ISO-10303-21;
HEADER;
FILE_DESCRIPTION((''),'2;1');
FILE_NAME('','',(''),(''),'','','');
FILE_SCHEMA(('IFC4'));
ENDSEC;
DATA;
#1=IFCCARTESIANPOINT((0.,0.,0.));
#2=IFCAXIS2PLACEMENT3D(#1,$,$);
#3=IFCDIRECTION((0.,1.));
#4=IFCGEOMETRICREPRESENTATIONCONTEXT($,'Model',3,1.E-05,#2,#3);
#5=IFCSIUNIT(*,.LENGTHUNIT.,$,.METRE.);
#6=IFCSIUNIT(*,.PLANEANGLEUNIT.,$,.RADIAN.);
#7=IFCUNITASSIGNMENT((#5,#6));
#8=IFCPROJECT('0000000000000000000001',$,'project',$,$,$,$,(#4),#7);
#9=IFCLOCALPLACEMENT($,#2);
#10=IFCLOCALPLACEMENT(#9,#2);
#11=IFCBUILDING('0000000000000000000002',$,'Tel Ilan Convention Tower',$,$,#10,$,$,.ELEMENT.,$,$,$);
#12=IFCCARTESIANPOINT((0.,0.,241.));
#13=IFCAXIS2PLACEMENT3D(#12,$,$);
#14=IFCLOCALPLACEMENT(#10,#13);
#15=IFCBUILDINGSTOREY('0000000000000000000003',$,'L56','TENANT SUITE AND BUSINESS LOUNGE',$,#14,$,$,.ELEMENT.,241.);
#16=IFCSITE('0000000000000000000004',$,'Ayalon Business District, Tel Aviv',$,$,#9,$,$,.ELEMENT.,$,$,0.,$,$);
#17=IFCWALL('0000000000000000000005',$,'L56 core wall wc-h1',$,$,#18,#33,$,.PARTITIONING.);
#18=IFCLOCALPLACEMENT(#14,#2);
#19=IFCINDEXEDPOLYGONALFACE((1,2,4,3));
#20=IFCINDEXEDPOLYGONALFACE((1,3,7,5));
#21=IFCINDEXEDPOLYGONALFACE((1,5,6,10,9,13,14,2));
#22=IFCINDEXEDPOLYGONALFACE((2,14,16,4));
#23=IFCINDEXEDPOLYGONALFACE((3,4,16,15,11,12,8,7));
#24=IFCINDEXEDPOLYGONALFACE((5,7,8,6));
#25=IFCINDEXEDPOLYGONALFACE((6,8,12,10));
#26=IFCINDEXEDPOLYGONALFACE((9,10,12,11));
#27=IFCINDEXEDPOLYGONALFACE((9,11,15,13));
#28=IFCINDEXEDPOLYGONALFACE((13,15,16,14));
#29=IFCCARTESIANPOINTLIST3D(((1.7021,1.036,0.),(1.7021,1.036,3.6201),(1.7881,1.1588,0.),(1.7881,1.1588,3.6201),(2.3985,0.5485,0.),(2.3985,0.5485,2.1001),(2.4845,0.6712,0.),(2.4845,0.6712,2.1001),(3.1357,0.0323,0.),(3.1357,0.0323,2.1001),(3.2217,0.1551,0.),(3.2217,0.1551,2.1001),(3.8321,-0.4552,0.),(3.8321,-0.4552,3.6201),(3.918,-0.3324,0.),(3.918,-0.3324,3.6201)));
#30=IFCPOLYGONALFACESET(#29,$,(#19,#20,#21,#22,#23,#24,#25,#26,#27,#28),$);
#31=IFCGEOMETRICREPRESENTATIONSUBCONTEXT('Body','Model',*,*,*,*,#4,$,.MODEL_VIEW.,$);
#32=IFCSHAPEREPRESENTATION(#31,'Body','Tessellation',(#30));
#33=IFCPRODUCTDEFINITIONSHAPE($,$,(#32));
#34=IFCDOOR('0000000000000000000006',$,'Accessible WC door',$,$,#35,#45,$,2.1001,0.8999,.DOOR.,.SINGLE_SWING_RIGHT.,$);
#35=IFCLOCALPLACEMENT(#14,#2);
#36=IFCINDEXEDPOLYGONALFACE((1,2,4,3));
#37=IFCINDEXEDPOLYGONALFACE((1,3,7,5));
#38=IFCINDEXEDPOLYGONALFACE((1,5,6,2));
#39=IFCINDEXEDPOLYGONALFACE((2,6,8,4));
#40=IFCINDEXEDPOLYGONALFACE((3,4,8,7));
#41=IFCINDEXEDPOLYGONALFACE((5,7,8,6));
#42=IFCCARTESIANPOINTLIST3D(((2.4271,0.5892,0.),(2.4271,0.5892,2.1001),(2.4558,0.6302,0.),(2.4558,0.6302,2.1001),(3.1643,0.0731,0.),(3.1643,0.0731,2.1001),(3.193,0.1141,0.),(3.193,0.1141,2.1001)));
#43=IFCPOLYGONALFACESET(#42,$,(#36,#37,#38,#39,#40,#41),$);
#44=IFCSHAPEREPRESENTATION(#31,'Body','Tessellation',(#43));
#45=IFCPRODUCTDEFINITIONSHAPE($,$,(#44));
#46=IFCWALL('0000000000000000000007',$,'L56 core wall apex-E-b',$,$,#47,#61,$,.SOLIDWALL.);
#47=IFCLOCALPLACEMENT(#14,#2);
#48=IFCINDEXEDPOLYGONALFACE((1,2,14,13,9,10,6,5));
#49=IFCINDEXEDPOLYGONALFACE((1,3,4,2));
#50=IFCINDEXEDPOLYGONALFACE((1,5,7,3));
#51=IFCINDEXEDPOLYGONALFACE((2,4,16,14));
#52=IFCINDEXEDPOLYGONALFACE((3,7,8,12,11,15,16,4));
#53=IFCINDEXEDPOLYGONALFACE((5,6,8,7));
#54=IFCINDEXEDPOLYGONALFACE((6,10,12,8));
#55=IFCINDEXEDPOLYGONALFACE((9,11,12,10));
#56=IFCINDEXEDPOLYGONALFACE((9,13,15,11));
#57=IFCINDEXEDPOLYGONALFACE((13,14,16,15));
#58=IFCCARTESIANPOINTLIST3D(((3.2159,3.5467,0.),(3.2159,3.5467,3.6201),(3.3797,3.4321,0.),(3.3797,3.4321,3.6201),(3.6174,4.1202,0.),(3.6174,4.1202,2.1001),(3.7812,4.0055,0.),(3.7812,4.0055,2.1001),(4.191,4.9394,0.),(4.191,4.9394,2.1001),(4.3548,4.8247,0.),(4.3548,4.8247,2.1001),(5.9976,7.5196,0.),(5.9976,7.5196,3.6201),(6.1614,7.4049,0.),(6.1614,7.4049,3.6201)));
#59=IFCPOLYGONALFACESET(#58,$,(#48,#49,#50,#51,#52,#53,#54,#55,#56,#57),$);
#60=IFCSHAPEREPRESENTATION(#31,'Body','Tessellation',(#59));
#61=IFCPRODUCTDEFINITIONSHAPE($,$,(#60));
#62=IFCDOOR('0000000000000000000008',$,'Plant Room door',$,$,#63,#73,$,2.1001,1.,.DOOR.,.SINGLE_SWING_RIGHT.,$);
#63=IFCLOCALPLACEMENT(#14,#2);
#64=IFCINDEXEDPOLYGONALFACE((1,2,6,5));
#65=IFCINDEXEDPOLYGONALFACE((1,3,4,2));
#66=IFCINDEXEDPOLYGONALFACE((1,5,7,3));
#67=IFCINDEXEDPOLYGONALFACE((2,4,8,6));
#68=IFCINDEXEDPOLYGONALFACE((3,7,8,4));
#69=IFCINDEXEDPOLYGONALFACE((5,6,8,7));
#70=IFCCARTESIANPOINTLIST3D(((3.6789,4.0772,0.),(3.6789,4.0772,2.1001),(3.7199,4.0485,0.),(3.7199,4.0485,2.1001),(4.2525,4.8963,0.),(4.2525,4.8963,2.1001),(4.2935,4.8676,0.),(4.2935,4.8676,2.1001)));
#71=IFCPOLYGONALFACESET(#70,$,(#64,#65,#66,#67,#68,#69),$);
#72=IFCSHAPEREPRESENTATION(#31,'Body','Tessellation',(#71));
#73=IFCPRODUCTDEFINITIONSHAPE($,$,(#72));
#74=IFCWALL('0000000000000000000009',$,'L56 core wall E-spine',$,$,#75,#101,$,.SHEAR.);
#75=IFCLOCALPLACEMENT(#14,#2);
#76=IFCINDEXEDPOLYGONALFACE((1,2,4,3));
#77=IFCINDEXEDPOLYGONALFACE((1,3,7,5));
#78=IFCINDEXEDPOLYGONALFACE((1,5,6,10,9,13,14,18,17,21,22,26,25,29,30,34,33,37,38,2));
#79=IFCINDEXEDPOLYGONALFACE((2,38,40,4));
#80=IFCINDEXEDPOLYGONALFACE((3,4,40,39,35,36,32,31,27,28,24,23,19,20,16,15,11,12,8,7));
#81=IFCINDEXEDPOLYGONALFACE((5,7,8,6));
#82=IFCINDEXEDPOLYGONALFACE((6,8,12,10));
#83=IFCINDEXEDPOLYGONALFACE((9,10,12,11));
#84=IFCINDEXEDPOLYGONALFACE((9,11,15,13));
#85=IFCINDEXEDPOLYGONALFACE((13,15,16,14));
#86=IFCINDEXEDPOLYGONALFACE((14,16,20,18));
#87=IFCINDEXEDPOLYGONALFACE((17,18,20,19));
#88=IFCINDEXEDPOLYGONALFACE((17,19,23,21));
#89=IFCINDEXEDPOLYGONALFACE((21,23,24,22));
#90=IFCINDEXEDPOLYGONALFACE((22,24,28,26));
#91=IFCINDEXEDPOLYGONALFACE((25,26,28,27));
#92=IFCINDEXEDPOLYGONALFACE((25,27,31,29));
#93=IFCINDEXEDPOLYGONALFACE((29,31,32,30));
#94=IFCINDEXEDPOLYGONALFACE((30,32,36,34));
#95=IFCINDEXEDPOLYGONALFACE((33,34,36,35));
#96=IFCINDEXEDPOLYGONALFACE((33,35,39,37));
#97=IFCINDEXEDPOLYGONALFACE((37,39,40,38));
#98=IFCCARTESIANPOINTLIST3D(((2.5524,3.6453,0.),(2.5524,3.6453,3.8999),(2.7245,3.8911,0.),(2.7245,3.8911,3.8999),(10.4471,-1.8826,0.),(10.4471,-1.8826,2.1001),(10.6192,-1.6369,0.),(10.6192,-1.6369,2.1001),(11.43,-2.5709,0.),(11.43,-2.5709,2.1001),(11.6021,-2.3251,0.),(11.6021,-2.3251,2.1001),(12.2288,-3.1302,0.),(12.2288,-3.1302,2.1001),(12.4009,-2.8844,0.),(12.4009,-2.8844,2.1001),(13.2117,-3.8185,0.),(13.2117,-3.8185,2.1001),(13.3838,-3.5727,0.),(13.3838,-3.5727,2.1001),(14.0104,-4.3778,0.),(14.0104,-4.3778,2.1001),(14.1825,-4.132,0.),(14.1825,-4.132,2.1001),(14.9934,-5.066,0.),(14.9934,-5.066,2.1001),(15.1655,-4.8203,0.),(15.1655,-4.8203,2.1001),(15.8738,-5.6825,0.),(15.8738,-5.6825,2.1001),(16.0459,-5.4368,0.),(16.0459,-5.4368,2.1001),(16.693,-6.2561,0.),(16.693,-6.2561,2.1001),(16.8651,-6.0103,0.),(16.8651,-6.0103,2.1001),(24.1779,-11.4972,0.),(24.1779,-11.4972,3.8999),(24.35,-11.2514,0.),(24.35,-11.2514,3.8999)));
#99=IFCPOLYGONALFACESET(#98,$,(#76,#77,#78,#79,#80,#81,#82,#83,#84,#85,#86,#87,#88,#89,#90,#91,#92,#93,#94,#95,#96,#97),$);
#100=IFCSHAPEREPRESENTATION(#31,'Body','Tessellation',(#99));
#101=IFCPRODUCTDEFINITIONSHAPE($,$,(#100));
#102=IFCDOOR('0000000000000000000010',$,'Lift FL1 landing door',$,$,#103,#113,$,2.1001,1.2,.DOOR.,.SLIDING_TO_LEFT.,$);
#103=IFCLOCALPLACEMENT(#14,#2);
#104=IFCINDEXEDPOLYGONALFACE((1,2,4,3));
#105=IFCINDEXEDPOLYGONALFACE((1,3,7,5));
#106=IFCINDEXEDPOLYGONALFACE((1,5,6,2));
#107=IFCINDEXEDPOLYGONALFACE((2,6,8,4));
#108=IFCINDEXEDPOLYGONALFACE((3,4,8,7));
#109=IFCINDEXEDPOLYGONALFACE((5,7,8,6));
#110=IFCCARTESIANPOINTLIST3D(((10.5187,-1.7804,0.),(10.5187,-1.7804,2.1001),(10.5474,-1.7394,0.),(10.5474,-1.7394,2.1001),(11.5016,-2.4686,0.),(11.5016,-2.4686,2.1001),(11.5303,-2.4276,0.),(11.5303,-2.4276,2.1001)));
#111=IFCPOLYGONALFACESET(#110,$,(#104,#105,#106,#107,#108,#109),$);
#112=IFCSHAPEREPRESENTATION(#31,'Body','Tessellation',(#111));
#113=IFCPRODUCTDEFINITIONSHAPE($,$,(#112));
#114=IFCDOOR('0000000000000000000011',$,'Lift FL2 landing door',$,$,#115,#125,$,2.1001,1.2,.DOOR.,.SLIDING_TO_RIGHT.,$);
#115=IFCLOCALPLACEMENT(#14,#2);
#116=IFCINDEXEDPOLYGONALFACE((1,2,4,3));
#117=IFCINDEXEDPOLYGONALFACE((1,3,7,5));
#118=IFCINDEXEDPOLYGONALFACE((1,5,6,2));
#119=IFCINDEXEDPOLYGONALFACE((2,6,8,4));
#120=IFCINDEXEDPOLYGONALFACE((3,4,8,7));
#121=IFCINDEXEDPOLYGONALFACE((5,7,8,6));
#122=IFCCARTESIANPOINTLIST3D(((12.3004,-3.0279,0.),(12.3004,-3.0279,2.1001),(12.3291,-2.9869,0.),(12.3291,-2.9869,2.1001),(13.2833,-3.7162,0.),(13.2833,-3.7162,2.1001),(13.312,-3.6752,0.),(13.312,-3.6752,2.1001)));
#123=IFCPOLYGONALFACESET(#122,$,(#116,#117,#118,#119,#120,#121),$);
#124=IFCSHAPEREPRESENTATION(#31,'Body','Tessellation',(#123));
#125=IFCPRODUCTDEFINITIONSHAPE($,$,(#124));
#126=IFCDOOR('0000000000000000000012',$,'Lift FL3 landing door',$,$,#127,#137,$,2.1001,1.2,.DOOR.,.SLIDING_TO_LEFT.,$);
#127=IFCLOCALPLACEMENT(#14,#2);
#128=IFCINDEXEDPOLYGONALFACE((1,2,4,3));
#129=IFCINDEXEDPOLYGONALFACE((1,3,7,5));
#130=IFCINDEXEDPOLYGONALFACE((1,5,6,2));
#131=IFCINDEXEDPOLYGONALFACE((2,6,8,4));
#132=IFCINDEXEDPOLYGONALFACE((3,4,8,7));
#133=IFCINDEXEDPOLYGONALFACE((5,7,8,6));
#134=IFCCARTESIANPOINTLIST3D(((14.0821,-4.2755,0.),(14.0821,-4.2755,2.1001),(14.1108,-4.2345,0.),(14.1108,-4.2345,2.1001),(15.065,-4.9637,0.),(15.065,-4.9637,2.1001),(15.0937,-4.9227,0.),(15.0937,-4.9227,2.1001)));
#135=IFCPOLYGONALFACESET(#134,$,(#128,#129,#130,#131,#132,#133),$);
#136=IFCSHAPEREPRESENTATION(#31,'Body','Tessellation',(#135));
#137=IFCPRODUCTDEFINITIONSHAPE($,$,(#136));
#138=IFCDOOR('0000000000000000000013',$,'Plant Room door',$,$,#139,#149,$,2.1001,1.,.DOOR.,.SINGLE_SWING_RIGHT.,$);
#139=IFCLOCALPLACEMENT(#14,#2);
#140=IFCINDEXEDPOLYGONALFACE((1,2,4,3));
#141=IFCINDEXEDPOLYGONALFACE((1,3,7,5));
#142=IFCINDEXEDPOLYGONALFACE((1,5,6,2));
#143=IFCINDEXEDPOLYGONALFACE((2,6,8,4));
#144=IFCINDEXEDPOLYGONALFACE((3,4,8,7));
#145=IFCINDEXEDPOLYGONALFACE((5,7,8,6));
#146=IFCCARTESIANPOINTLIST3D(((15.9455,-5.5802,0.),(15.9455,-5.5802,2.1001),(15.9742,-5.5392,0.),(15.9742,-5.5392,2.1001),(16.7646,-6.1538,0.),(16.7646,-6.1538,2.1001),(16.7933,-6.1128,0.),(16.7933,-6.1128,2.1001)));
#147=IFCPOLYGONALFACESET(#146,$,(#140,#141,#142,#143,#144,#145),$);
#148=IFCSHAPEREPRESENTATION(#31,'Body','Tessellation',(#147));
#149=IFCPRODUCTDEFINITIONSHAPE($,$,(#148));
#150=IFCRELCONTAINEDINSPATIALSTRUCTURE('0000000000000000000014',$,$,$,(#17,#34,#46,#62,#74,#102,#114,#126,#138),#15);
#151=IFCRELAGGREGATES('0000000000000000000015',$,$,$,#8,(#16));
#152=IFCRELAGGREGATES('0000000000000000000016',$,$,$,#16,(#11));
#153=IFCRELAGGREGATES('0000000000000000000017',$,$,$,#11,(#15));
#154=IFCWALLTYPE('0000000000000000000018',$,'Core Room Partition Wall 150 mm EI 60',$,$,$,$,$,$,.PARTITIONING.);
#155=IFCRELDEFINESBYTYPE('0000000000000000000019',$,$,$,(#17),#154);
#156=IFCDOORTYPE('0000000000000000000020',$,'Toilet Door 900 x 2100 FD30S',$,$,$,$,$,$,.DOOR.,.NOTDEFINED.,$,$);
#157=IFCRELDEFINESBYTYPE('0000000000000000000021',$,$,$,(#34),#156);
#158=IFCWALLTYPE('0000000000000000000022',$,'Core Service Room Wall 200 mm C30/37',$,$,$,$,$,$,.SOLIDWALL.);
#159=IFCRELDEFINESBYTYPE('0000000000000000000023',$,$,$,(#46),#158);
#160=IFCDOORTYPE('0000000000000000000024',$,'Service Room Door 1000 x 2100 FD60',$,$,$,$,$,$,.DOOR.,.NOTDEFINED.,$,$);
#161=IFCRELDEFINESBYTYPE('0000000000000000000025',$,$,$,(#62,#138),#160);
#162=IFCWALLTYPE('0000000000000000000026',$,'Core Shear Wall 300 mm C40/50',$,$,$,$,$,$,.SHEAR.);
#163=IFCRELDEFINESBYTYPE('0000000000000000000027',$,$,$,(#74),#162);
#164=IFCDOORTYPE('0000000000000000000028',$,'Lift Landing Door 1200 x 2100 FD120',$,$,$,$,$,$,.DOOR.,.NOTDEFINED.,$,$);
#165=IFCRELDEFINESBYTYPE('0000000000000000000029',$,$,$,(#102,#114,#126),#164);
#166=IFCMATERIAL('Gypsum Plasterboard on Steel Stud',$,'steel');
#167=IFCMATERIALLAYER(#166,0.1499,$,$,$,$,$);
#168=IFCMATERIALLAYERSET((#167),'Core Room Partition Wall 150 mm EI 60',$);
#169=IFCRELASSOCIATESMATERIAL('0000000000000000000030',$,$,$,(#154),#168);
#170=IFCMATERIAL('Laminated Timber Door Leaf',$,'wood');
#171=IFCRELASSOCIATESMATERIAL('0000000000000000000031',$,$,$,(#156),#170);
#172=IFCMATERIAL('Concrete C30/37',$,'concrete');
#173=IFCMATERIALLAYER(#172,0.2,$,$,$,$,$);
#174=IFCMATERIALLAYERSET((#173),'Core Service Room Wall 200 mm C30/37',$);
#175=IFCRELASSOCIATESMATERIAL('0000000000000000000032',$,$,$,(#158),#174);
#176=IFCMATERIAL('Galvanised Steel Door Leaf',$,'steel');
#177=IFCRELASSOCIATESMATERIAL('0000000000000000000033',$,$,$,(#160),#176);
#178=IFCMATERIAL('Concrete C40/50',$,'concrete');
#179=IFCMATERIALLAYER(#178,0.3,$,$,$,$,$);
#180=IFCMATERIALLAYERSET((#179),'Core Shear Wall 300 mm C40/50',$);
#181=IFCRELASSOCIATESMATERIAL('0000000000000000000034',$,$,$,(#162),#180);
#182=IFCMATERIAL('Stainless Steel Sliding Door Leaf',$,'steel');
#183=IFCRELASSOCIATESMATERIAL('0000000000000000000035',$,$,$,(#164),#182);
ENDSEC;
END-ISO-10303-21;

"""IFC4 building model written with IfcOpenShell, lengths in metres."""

from ifc_helpers import new_model, si_unit, direction, frame, frame_2d, origin, place, context, subcontext, project, spatial, polyline, rectangle, outline, extrude, material, layer, layer_set, type_object, element, fill, save


model = new_model("IFC4")

# Units and contexts
model_context = context("Model", 3, precision=1e-05, world=origin(), true_north=direction((0.0, 1.0)))
body_context = subcontext(model_context, "Body", "Model", "MODEL_VIEW")
ifc_project = project(units=[si_unit("LENGTHUNIT", "METRE"), si_unit("PLANEANGLEUNIT", "RADIAN")], contexts=[model_context])

# Site, building, storey
site_placement = place(None, origin())
site = spatial("IfcSite", under=ifc_project, at=site_placement, Name="Ayalon Business District, Tel Aviv", CompositionType="ELEMENT", RefElevation=0.0)
building_placement = place(site_placement, origin())
building = spatial("IfcBuilding", under=site, at=building_placement, Name="Tel Ilan Convention Tower", CompositionType="ELEMENT")
storey_placement = place(building_placement, frame((0.0, 0.0, 241.0)))
storey = spatial("IfcBuildingStorey", under=building, at=storey_placement, Name="L56", Description="TENANT SUITE AND BUSINESS LOUNGE", CompositionType="ELEMENT", Elevation=241.0)

# Walls, openings, doors
ifc_material_1 = material(Name="Gypsum Plasterboard on Steel Stud", Category="steel")
ifc_layer_1 = layer(ifc_material_1, 0.1499)
ifc_layer_set_1 = layer_set([ifc_layer_1], Name="Core Room Partition Wall 150 mm EI 60")
wall_type_1 = type_object("IfcWallType", Name="Core Room Partition Wall 150 mm EI 60", PredefinedType="PARTITIONING", material=ifc_layer_set_1)
wall_1_placement = place(storey_placement, frame((1.7451, 1.0974, 0.0), z_axis=(0.0, 0.0, 1.0), x_axis=(0.819179, -0.573538, 0.0)))
wall_1 = element("IfcWall", 1, at=wall_1_placement, inside=storey, type_object=wall_type_1, Name="L56 core wall wc-h1", PredefinedType="PARTITIONING", context=body_context, shape_type="SweptSolid", body=[
    extrude(rectangle(XDim=2.6001, YDim=0.1499, at=frame_2d((1.3, 0.0))), origin(), (0.0, 0.0, 1.0), 3.6201),
])
opening_1_placement = place(wall_1_placement, frame((0.8501, 0.0, 0.0)))
opening_1 = element("IfcOpeningElement", 2, at=opening_1_placement, cuts=wall_1, PredefinedType="OPENING", context=body_context, shape_type="SweptSolid", body=[
    extrude(rectangle(XDim=0.8999, YDim=2.1001, at=frame_2d((0.45, 1.05))), frame((0.0, 0.085, 0.0), z_axis=(0.0, -1.0, 0.0), x_axis=(1.0, 0.0, 0.0)), (0.0, 0.0, 1.0), 0.1699),
])
ifc_material_2 = material(Name="Laminated Timber Door Leaf", Category="wood")
door_type_1 = type_object("IfcDoorType", Name="Toilet Door 900 x 2100 FD30S", OperationType="NOTDEFINED", PredefinedType="DOOR", material=ifc_material_2)
door_1_placement = place(opening_1_placement, origin())
door_1 = element("IfcDoor", 3, at=door_1_placement, inside=storey, type_object=door_type_1, Name="Accessible WC door", OperationType="SINGLE_SWING_RIGHT", OverallHeight=2.1001, OverallWidth=0.8999, PredefinedType="DOOR", context=body_context, shape_type="SweptSolid", body=[
    extrude(rectangle(XDim=0.8999, YDim=2.1001, at=frame_2d((0.45, 1.05))), frame((0.0, 0.0249, 0.0), z_axis=(0.0, -1.0, 0.0), x_axis=(1.0, 0.0, 0.0)), (0.0, 0.0, 1.0), 0.05),
])
fill(opening_1, door_1)
ifc_material_3 = material(Name="Concrete C30/37", Category="concrete")
ifc_layer_2 = layer(ifc_material_3, 0.2)
ifc_layer_set_2 = layer_set([ifc_layer_2], Name="Core Service Room Wall 200 mm C30/37")
wall_type_2 = type_object("IfcWallType", Name="Core Service Room Wall 200 mm C30/37", PredefinedType="SOLIDWALL", material=ifc_layer_set_2)
wall_2_placement = place(storey_placement, frame((3.2979, 3.4895, 0.0), z_axis=(0.0, 0.0, 1.0), x_axis=(0.57356, 0.819163, 0.0)))
wall_2 = element("IfcWall", 4, at=wall_2_placement, inside=storey, type_object=wall_type_2, Name="L56 core wall apex-E-b", PredefinedType="SOLIDWALL", context=body_context, shape_type="SweptSolid", body=[
    extrude(rectangle(XDim=4.8499, YDim=0.2, at=frame_2d((2.4248, 0.0))), origin(), (0.0, 0.0, 1.0), 3.6201),
])
opening_2_placement = place(wall_2_placement, frame((0.7, 0.0, 0.0)))
opening_2 = element("IfcOpeningElement", 5, at=opening_2_placement, cuts=wall_2, PredefinedType="OPENING", context=body_context, shape_type="SweptSolid", body=[
    extrude(rectangle(XDim=1.0, YDim=2.1001, at=frame_2d((0.5, 1.05))), frame((0.0, 0.1099, 0.0), z_axis=(0.0, -1.0, 0.0), x_axis=(1.0, 0.0, 0.0)), (0.0, 0.0, 1.0), 0.22),
])
ifc_material_4 = material(Name="Galvanised Steel Door Leaf", Category="steel")
door_type_2 = type_object("IfcDoorType", Name="Service Room Door 1000 x 2100 FD60", OperationType="NOTDEFINED", PredefinedType="DOOR", material=ifc_material_4)
door_2_placement = place(opening_2_placement, origin())
door_2 = element("IfcDoor", 6, at=door_2_placement, inside=storey, type_object=door_type_2, Name="Plant Room door", OperationType="SINGLE_SWING_RIGHT", OverallHeight=2.1001, OverallWidth=1.0, PredefinedType="DOOR", context=body_context, shape_type="SweptSolid", body=[
    extrude(rectangle(XDim=1.0, YDim=2.1001, at=frame_2d((0.5, 1.05))), frame((0.0, 0.0249, 0.0), z_axis=(0.0, -1.0, 0.0), x_axis=(1.0, 0.0, 0.0)), (0.0, 0.0, 1.0), 0.05),
])
fill(opening_2, door_2)

# Wall, openings, doors
ifc_material_5 = material(Name="Concrete C40/50", Category="concrete")
ifc_layer_3 = layer(ifc_material_5, 0.3)
ifc_layer_set_3 = layer_set([ifc_layer_3], Name="Core Shear Wall 300 mm C40/50")
wall_type_3 = type_object("IfcWallType", Name="Core Shear Wall 300 mm C40/50", PredefinedType="SHEAR", material=ifc_layer_set_3)
wall_3_placement = place(storey_placement, frame((2.6384, 3.7681, 0.0), z_axis=(0.0, 0.0, 1.0), x_axis=(0.819155, -0.573572, 0.0)))
wall_3 = element("IfcWall", 7, at=wall_3_placement, inside=storey, type_object=wall_type_3, Name="L56 core wall E-spine", PredefinedType="SHEAR", context=body_context, shape_type="SweptSolid", body=[
    extrude(outline(polyline([(0.0, 0.1501), (0.0, -0.1499), (26.3999, -0.1501), (26.3999, 0.1499), (0.0, 0.1501)])), origin(), (0.0, 0.0, 1.0), 3.8999),
])
opening_3_placement = place(wall_3_placement, frame((9.6375, 0.0, 0.0)))
opening_3 = element("IfcOpeningElement", 8, at=opening_3_placement, cuts=wall_3, PredefinedType="OPENING", context=body_context, shape_type="SweptSolid", body=[
    extrude(rectangle(XDim=1.2, YDim=2.1001, at=frame_2d((0.6001, 1.05))), frame((0.0, 0.1599, 0.0), z_axis=(0.0, -1.0, 0.0), x_axis=(1.0, 0.0, 0.0)), (0.0, 0.0, 1.0), 0.3201),
])
opening_4_placement = place(wall_3_placement, frame((11.8125, 0.0, 0.0)))
opening_4 = element("IfcOpeningElement", 9, at=opening_4_placement, cuts=wall_3, PredefinedType="OPENING", context=body_context, shape_type="SweptSolid", body=[
    extrude(rectangle(XDim=1.2, YDim=2.1001, at=frame_2d((0.6001, 1.05))), frame((0.0, 0.1599, 0.0), z_axis=(0.0, -1.0, 0.0), x_axis=(1.0, 0.0, 0.0)), (0.0, 0.0, 1.0), 0.3201),
])
opening_5_placement = place(wall_3_placement, frame((13.9875, 0.0, 0.0)))
opening_5 = element("IfcOpeningElement", 10, at=opening_5_placement, cuts=wall_3, PredefinedType="OPENING", context=body_context, shape_type="SweptSolid", body=[
    extrude(rectangle(XDim=1.2, YDim=2.1001, at=frame_2d((0.6001, 1.05))), frame((0.0, 0.1599, 0.0), z_axis=(0.0, -1.0, 0.0), x_axis=(1.0, 0.0, 0.0)), (0.0, 0.0, 1.0), 0.3201),
])
opening_6_placement = place(wall_3_placement, frame((16.2625, 0.0, 0.0)))
opening_6 = element("IfcOpeningElement", 11, at=opening_6_placement, cuts=wall_3, PredefinedType="OPENING", context=body_context, shape_type="SweptSolid", body=[
    extrude(rectangle(XDim=1.0, YDim=2.1001, at=frame_2d((0.5, 1.05))), frame((0.0, 0.1599, 0.0), z_axis=(0.0, -1.0, 0.0), x_axis=(1.0, 0.0, 0.0)), (0.0, 0.0, 1.0), 0.3201),
])
ifc_material_6 = material(Name="Stainless Steel Sliding Door Leaf", Category="steel")
door_type_3 = type_object("IfcDoorType", Name="Lift Landing Door 1200 x 2100 FD120", OperationType="NOTDEFINED", PredefinedType="DOOR", material=ifc_material_6)
door_3_placement = place(opening_3_placement, origin())
door_3 = element("IfcDoor", 12, at=door_3_placement, inside=storey, type_object=door_type_3, Name="Lift FL1 landing door", OperationType="SLIDING_TO_LEFT", OverallHeight=2.1001, OverallWidth=1.2, PredefinedType="DOOR", context=body_context, shape_type="SweptSolid", body=[
    extrude(rectangle(XDim=1.2, YDim=2.1001, at=frame_2d((0.6001, 1.05))), frame((0.0, 0.0249, 0.0), z_axis=(0.0, -1.0, 0.0), x_axis=(1.0, 0.0, 0.0)), (0.0, 0.0, 1.0), 0.05),
])
fill(opening_3, door_3)
door_4_placement = place(opening_4_placement, origin())
door_4 = element("IfcDoor", 13, at=door_4_placement, inside=storey, type_object=door_type_3, Name="Lift FL2 landing door", OperationType="SLIDING_TO_RIGHT", OverallHeight=2.1001, OverallWidth=1.2, PredefinedType="DOOR", context=body_context, shape_type="SweptSolid", body=[
    extrude(rectangle(XDim=1.2, YDim=2.1001, at=frame_2d((0.6001, 1.05))), frame((0.0, 0.0249, 0.0), z_axis=(0.0, -1.0, 0.0), x_axis=(1.0, 0.0, 0.0)), (0.0, 0.0, 1.0), 0.05),
])
fill(opening_4, door_4)
door_5_placement = place(opening_5_placement, origin())
door_5 = element("IfcDoor", 14, at=door_5_placement, inside=storey, type_object=door_type_3, Name="Lift FL3 landing door", OperationType="SLIDING_TO_LEFT", OverallHeight=2.1001, OverallWidth=1.2, PredefinedType="DOOR", context=body_context, shape_type="SweptSolid", body=[
    extrude(rectangle(XDim=1.2, YDim=2.1001, at=frame_2d((0.6001, 1.05))), frame((0.0, 0.0249, 0.0), z_axis=(0.0, -1.0, 0.0), x_axis=(1.0, 0.0, 0.0)), (0.0, 0.0, 1.0), 0.05),
])
fill(opening_5, door_5)
door_6_placement = place(opening_6_placement, origin())
door_6 = element("IfcDoor", 15, at=door_6_placement, inside=storey, type_object=door_type_2, Name="Plant Room door", OperationType="SINGLE_SWING_RIGHT", OverallHeight=2.1001, OverallWidth=1.0, PredefinedType="DOOR", context=body_context, shape_type="SweptSolid", body=[
    extrude(rectangle(XDim=1.0, YDim=2.1001, at=frame_2d((0.5, 1.05))), frame((0.0, 0.0249, 0.0), z_axis=(0.0, -1.0, 0.0), x_axis=(1.0, 0.0, 0.0)), (0.0, 0.0, 1.0), 0.05),
])
fill(opening_6, door_6)

save(model, "model.ifc")
